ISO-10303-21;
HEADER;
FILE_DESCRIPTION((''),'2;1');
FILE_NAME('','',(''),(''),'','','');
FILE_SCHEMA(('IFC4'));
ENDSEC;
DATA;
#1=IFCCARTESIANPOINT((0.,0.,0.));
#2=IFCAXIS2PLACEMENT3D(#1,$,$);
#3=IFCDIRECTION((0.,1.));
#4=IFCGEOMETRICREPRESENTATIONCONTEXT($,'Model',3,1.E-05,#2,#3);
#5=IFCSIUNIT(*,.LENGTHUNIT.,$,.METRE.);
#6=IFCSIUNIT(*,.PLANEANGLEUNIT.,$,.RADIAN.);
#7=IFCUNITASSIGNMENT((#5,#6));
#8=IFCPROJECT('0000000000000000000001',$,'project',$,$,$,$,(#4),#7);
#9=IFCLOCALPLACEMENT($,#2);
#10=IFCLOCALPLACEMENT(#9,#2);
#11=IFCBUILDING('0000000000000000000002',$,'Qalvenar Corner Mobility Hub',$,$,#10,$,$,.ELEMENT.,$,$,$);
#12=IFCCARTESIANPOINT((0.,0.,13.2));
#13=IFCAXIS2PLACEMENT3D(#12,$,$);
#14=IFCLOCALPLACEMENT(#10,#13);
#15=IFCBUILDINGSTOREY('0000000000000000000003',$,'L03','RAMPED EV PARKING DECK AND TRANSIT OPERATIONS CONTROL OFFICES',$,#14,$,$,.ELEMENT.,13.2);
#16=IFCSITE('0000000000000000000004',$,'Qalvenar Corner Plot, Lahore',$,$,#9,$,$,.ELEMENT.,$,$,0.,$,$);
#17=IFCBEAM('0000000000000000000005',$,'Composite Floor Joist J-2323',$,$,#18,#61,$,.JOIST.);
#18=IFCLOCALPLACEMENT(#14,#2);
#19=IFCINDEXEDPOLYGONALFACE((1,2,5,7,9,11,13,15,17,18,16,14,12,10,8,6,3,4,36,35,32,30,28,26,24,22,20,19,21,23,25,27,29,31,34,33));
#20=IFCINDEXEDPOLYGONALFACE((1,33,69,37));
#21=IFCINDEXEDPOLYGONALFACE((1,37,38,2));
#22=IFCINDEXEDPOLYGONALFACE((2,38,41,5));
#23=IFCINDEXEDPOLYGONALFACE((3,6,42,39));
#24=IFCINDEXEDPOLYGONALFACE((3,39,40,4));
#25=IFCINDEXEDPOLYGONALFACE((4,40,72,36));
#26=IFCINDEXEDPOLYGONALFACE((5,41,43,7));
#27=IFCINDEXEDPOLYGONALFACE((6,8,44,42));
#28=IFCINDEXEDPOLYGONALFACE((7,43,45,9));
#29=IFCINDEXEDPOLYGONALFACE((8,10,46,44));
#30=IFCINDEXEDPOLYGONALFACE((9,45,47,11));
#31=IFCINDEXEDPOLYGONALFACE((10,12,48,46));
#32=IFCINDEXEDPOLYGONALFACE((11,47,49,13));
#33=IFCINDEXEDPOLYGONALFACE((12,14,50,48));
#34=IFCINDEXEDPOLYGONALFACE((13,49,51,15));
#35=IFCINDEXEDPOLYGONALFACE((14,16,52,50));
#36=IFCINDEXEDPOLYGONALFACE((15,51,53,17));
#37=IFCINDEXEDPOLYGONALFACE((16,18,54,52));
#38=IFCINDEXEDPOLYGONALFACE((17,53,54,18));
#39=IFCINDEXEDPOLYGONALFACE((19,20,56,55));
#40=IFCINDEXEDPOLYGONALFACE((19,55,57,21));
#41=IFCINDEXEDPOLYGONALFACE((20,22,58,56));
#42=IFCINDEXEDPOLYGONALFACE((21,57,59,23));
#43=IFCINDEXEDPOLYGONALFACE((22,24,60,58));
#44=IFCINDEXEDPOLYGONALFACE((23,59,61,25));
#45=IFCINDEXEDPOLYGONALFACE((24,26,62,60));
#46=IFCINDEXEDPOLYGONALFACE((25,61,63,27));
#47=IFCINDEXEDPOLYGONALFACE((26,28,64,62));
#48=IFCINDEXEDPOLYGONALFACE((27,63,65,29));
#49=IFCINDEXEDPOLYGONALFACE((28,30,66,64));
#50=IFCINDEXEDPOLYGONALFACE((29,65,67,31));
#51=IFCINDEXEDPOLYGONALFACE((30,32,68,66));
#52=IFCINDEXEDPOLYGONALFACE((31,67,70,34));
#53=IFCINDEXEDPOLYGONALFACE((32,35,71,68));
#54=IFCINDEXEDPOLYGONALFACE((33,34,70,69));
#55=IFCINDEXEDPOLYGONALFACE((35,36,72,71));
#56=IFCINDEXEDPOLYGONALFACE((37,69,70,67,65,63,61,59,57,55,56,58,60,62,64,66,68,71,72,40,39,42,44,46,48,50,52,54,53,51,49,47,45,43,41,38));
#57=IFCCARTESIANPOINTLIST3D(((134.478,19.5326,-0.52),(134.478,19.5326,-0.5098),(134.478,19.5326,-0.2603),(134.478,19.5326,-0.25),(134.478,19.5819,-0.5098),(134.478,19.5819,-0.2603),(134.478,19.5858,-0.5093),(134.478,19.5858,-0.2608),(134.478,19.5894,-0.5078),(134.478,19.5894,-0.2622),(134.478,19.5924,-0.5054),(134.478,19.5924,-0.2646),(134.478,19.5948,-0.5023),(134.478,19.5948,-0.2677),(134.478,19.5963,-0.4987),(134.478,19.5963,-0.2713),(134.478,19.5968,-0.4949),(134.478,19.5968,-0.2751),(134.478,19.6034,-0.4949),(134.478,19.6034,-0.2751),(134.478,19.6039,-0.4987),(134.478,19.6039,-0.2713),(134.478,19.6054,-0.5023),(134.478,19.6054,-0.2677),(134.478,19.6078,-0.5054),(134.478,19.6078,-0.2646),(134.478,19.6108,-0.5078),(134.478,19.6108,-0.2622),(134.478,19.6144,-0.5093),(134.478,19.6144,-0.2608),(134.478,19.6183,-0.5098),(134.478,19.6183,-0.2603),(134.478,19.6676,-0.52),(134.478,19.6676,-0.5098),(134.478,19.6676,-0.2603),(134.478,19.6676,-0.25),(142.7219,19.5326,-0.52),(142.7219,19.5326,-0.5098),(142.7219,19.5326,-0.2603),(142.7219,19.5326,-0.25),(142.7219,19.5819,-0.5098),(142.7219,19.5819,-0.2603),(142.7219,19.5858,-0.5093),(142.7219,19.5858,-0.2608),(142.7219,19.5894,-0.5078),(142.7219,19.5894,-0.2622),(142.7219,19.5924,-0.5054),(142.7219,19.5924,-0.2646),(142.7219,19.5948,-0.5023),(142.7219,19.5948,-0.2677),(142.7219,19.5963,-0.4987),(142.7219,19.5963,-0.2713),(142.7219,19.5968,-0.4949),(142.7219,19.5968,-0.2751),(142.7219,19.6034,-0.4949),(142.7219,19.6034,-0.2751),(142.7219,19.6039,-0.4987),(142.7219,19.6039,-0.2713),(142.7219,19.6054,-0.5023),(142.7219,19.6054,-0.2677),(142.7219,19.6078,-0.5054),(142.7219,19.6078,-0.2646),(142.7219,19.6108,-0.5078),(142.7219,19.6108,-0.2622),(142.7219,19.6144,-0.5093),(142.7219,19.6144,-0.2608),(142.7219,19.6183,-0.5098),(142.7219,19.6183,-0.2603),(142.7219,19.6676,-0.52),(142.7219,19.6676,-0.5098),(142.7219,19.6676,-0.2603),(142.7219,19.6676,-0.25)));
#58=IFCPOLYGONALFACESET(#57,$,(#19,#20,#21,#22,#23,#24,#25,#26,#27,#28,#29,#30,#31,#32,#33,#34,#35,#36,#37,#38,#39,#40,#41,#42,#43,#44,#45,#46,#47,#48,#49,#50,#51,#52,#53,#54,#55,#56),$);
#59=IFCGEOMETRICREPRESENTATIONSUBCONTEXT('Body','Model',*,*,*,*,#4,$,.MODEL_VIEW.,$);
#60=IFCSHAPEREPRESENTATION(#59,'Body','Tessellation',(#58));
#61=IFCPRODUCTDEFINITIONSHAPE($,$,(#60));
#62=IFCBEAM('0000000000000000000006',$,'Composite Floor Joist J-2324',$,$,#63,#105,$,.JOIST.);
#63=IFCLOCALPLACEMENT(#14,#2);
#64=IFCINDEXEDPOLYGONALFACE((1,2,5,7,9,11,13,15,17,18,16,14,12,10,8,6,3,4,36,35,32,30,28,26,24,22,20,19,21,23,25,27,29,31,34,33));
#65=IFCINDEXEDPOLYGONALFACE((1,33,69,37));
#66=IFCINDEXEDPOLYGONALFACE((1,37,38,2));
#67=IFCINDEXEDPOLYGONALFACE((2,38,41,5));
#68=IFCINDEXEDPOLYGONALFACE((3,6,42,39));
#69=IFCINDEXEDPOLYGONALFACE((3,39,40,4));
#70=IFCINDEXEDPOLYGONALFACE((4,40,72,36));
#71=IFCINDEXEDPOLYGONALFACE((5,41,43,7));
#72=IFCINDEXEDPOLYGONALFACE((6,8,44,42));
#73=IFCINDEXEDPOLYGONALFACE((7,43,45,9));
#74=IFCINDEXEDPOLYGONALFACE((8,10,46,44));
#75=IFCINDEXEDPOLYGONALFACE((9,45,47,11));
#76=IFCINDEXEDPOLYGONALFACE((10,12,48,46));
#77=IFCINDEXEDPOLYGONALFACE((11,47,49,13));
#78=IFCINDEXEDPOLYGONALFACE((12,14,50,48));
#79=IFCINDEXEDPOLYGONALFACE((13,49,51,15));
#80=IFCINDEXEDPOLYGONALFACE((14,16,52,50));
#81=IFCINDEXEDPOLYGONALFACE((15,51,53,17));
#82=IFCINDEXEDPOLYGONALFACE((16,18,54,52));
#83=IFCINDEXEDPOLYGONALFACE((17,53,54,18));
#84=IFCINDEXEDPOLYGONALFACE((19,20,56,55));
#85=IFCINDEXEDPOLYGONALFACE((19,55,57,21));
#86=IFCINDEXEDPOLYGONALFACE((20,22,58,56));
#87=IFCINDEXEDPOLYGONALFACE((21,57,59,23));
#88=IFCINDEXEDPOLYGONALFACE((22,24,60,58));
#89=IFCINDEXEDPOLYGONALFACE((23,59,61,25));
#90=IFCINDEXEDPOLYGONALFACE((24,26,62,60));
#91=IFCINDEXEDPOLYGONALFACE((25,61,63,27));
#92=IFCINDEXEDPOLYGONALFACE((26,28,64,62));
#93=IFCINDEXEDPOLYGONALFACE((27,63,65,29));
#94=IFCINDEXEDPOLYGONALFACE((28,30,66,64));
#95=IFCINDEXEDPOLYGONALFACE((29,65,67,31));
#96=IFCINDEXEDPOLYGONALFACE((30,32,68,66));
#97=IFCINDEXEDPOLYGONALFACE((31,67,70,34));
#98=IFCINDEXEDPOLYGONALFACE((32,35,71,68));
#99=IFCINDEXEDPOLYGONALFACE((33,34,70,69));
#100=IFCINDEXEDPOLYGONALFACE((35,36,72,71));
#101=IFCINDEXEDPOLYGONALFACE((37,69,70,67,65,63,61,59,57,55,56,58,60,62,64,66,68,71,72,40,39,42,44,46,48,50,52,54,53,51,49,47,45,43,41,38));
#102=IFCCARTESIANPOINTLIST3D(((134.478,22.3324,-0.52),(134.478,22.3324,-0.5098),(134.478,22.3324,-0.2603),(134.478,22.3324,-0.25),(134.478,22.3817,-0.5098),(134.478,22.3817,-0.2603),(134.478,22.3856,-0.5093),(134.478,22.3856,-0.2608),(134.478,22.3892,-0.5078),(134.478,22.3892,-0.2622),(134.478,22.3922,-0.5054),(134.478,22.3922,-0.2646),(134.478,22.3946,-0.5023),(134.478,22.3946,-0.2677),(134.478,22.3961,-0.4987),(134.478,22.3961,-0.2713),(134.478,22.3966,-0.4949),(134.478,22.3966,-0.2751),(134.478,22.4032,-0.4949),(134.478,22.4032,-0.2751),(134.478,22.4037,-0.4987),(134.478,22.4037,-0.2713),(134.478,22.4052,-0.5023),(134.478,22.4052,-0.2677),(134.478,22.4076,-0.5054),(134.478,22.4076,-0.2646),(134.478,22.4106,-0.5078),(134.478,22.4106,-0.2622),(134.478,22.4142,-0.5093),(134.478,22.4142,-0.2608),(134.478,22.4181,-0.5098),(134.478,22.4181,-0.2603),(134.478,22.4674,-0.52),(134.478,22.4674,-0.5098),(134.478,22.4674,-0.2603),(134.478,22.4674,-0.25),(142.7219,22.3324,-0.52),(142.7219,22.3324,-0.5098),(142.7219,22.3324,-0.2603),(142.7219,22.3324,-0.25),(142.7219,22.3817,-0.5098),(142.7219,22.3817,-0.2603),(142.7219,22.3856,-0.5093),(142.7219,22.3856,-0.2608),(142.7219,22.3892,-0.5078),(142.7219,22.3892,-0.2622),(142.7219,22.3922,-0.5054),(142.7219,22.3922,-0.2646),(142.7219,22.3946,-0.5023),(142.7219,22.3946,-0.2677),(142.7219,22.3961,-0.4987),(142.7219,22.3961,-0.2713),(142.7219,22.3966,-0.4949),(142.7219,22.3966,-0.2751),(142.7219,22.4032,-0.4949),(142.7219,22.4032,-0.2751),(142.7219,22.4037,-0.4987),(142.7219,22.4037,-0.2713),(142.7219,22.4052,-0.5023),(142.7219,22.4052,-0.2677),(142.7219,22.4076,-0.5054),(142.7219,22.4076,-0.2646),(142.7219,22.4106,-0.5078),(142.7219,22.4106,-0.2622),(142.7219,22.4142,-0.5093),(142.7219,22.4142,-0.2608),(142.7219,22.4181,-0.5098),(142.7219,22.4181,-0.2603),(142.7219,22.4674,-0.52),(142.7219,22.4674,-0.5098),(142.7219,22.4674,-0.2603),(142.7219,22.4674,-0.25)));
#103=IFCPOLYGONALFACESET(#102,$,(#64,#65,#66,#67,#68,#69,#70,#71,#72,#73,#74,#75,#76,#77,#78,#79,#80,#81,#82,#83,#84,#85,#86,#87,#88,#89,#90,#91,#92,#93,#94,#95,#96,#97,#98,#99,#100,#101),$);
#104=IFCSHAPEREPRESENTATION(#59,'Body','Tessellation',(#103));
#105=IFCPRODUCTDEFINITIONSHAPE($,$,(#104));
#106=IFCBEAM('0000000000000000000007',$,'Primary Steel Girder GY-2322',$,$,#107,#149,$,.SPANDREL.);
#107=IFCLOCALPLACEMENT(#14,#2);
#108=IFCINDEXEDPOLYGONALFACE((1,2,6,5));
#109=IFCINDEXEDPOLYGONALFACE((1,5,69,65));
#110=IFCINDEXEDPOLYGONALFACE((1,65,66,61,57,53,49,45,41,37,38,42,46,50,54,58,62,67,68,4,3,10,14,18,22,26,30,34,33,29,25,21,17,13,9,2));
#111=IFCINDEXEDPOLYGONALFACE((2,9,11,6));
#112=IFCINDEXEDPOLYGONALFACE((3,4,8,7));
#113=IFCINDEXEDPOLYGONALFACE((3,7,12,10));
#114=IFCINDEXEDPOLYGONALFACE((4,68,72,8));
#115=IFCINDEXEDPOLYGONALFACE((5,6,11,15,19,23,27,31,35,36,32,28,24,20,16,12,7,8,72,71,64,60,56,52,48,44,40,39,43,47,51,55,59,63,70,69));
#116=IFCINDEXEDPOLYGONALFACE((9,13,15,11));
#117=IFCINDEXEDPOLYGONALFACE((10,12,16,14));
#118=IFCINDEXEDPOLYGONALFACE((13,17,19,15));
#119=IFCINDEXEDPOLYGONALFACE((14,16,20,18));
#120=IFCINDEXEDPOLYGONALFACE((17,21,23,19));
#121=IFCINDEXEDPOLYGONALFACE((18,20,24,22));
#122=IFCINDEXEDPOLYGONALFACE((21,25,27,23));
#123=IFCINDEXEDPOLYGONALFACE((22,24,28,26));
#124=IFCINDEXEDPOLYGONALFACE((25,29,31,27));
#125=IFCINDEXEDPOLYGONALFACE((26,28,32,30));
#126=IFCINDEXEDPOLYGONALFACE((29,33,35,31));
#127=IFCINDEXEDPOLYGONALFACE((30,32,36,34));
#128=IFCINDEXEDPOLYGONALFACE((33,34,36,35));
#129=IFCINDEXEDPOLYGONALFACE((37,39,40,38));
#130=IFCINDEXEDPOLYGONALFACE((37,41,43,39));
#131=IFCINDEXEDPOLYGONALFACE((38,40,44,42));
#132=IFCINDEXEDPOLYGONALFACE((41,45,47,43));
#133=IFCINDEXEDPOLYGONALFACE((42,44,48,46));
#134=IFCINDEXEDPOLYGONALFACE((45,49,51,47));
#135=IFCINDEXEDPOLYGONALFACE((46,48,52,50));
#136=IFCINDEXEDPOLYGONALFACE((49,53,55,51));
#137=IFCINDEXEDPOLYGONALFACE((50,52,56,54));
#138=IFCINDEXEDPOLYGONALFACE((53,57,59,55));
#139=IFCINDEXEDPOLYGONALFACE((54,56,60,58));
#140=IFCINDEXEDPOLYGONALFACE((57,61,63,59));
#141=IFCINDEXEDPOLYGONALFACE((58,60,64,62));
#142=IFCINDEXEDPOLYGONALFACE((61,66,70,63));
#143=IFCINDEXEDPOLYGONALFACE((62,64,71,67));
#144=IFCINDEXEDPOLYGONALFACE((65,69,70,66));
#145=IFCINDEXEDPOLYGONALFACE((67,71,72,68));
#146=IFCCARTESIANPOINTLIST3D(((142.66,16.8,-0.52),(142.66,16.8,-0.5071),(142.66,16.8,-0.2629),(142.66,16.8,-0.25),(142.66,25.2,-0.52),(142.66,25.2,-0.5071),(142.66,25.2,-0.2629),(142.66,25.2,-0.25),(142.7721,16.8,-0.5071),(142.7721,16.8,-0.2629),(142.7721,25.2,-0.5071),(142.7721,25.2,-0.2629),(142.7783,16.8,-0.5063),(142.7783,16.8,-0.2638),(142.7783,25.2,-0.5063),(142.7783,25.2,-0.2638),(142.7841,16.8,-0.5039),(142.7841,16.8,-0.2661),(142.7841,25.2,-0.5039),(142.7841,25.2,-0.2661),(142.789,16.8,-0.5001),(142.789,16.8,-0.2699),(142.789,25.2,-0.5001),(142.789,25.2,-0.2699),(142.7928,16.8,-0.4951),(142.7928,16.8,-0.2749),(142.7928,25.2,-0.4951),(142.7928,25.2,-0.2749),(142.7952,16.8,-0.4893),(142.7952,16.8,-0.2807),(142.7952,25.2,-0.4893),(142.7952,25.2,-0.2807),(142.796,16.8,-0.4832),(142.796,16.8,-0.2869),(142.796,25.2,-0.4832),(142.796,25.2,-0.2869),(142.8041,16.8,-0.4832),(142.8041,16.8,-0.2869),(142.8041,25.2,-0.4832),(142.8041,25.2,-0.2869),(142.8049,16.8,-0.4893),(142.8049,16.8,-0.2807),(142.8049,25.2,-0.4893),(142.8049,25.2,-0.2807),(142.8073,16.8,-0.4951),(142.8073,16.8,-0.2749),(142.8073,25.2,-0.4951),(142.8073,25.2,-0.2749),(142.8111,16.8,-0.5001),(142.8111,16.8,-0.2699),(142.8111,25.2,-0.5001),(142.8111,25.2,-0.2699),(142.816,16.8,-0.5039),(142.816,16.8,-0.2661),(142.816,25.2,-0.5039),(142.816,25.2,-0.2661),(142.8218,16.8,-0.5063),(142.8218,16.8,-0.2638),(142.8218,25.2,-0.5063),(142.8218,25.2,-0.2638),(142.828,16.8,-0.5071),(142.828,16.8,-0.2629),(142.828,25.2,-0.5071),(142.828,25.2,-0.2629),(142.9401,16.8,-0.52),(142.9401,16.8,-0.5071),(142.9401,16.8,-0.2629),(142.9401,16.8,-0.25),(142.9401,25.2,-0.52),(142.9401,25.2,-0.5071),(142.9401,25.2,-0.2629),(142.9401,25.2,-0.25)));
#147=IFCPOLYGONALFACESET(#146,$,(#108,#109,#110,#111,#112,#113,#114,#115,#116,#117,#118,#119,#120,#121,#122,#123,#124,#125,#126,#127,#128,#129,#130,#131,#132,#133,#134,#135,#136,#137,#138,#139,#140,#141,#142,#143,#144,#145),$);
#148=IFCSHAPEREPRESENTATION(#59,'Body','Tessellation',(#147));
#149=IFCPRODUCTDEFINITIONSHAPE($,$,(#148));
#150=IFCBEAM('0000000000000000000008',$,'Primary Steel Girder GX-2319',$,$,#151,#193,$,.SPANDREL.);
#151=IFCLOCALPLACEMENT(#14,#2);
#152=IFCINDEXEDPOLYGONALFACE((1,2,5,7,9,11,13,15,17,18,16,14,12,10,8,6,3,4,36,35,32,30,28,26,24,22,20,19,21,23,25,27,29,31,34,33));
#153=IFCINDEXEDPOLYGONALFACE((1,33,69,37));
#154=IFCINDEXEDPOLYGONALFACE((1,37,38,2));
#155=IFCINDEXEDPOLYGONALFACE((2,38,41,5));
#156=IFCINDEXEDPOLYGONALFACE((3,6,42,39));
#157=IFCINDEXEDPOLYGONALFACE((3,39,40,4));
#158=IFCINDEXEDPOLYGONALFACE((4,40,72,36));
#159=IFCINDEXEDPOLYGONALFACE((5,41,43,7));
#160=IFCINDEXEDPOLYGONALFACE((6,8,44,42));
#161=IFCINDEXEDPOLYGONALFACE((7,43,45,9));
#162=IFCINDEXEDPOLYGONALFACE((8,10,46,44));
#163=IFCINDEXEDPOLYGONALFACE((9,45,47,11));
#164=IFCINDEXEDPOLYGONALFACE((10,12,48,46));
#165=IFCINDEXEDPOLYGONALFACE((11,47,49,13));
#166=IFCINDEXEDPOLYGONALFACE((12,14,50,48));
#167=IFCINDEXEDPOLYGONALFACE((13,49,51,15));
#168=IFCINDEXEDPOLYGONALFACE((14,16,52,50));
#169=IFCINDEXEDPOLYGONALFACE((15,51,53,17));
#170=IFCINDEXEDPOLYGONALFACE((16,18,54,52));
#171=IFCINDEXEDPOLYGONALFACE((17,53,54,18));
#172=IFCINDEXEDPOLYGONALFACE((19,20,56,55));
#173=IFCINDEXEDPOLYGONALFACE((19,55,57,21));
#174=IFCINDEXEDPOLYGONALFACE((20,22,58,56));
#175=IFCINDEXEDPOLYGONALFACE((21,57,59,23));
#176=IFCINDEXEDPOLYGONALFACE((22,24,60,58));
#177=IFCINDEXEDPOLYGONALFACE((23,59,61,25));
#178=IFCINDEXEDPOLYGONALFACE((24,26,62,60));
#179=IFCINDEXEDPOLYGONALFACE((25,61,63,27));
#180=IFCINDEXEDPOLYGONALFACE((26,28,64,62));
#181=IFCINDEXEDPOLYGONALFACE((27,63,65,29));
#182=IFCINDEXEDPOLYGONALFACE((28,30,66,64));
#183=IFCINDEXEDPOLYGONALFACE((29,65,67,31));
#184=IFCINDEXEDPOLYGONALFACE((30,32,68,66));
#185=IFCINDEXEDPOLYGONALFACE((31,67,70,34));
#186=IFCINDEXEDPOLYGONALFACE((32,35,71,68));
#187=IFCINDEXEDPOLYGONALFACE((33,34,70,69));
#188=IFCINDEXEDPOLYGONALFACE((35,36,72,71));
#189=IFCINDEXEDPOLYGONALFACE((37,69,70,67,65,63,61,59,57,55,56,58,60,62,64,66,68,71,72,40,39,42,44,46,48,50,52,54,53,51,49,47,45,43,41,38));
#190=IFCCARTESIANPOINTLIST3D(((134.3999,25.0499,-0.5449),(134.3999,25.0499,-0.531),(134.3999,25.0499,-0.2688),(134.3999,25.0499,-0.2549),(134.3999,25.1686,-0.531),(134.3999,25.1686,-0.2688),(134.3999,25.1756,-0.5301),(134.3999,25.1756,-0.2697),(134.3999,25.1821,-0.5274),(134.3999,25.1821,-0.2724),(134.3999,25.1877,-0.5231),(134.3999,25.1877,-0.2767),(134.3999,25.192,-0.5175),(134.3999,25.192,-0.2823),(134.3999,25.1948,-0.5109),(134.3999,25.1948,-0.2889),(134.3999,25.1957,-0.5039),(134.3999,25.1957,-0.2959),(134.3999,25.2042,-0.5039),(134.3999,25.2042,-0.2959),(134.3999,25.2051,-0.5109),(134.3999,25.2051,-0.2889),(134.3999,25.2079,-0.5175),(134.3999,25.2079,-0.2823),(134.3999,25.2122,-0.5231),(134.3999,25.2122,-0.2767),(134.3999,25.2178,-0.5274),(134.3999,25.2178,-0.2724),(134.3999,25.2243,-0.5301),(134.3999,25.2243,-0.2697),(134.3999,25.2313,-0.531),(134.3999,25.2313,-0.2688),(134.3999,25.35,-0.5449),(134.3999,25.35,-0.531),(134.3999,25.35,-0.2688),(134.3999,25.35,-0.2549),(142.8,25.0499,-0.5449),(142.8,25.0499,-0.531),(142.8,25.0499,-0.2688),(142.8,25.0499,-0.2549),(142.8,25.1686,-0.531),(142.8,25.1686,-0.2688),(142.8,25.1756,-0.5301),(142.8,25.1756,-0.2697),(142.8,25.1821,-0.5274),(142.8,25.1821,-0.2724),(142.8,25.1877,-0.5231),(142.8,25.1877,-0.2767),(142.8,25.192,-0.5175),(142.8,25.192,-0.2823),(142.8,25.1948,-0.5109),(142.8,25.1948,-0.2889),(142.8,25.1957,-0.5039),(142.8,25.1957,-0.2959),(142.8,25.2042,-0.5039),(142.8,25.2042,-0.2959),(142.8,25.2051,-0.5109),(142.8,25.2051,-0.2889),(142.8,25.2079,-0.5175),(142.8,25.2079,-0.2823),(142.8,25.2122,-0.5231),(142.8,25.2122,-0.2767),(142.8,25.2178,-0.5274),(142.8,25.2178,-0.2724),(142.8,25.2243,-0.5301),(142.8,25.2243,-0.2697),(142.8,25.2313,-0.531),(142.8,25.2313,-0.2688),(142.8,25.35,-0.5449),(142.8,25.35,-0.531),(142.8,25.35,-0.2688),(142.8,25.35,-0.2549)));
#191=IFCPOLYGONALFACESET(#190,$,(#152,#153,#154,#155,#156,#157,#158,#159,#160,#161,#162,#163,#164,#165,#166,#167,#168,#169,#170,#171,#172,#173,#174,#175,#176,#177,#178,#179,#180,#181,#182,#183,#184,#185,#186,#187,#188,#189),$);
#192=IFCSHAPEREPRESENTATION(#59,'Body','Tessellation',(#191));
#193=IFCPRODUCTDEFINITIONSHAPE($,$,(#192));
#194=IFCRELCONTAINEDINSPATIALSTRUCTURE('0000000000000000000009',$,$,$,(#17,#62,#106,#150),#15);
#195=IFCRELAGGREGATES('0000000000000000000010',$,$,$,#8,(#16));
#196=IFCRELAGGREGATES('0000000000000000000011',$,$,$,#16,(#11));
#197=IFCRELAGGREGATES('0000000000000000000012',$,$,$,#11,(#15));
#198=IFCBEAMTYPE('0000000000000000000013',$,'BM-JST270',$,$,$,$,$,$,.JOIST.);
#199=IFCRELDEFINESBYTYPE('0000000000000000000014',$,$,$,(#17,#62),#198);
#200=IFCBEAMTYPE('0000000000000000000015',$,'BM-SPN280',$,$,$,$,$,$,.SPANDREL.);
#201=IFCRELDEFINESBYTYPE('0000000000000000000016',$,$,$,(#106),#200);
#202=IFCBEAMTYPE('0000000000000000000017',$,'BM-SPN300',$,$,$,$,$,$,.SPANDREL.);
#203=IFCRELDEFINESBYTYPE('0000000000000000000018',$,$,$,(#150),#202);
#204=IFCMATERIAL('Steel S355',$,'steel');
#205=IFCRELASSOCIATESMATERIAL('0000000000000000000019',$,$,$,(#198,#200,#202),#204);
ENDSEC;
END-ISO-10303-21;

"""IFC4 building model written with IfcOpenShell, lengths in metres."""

from ifc_helpers import new_model, si_unit, direction, frame, origin, origin_2d, place, context, subcontext, project, spatial, i_section, extrude, material, material_profile, profile_set, type_object, element, save


model = new_model("IFC4")

# Units and contexts
model_context = context("Model", 3, precision=1e-05, world=origin(), true_north=direction((0.0, 1.0)))
body_context = subcontext(model_context, "Body", "Model", "MODEL_VIEW")
ifc_project = project(units=[si_unit("LENGTHUNIT", "METRE"), si_unit("PLANEANGLEUNIT", "RADIAN")], contexts=[model_context])

# Site, building, storey
site_placement = place(None, origin())
site = spatial("IfcSite", under=ifc_project, at=site_placement, Name="Qalvenar Corner Plot, Lahore", CompositionType="ELEMENT", RefElevation=0.0)
building_placement = place(site_placement, origin())
building = spatial("IfcBuilding", under=site, at=building_placement, Name="Qalvenar Corner Mobility Hub", CompositionType="ELEMENT")
storey_placement = place(building_placement, frame((0.0, 0.0, 13.2)))
storey = spatial("IfcBuildingStorey", under=building, at=storey_placement, Name="L03", Description="RAMPED EV PARKING DECK AND TRANSIT OPERATIONS CONTROL OFFICES", CompositionType="ELEMENT", Elevation=13.2)

# Shared definitions
ifc_material_1 = material(Name="Steel S355", Category="steel")

# Beams
ifc_material_profile_1 = material_profile(ifc_material_1, i_section(OverallWidth=0.135, OverallDepth=0.27, WebThickness=0.0066, FlangeThickness=0.0103, FilletRadius=0.0149, at=origin_2d()), Name="IPE270")
ifc_profile_set_1 = profile_set([ifc_material_profile_1], Name="Steel S355")
beam_type_1 = type_object("IfcBeamType", Name="BM-JST270", PredefinedType="JOIST", material=ifc_profile_set_1)
for number, where, z_axis, x_axis, name in (
    (1, (134.478, 19.6001, -0.385), (1.0, 0.0, 0.0), (0.0, 1.0, 0.0), "Composite Floor Joist J-2323"),
    (2, (134.478, 22.3999, -0.385), (1.0, 0.0, 0.0), (0.0, 1.0, 0.0), "Composite Floor Joist J-2324"),
):
    element("IfcBeam", number, at=place(storey_placement, frame(where, z_axis=z_axis, x_axis=x_axis)), inside=storey, type_object=beam_type_1, Name=name, PredefinedType="JOIST", context=body_context, shape_type="SweptSolid", body=[
        extrude(i_section(OverallWidth=0.135, OverallDepth=0.27, WebThickness=0.0066, FlangeThickness=0.0103, FilletRadius=0.0149, at=origin_2d()), origin(), (0.0, 0.0, 1.0), 8.2439),
    ])
ifc_material_profile_2 = material_profile(ifc_material_1, i_section(OverallWidth=0.28, OverallDepth=0.27, WebThickness=0.0081, FlangeThickness=0.0129, FilletRadius=0.0239, at=origin_2d()), Name="HEA280")
ifc_profile_set_2 = profile_set([ifc_material_profile_2], Name="Steel S355")
beam_type_2 = type_object("IfcBeamType", Name="BM-SPN280", PredefinedType="SPANDREL", material=ifc_profile_set_2)
beam_1_placement = place(storey_placement, frame((142.8, 16.8, -0.385), z_axis=(0.0, 1.0, 0.0), x_axis=(-1.0, 0.0, 0.0)))
element("IfcBeam", 3, at=beam_1_placement, inside=storey, type_object=beam_type_2, Name="Primary Steel Girder GY-2322", PredefinedType="SPANDREL", context=body_context, shape_type="SweptSolid", body=[
    extrude(i_section(OverallWidth=0.28, OverallDepth=0.27, WebThickness=0.0081, FlangeThickness=0.0129, FilletRadius=0.0239, at=origin_2d()), origin(), (0.0, 0.0, 1.0), 8.3999),
])
ifc_material_profile_3 = material_profile(ifc_material_1, i_section(OverallWidth=0.3, OverallDepth=0.29, WebThickness=0.0085, FlangeThickness=0.0139, FilletRadius=0.0271, at=origin_2d()), Name="HEA300")
ifc_profile_set_3 = profile_set([ifc_material_profile_3], Name="Steel S355")
beam_type_3 = type_object("IfcBeamType", Name="BM-SPN300", PredefinedType="SPANDREL", material=ifc_profile_set_3)
beam_2_placement = place(storey_placement, frame((134.3999, 25.2, -0.3999), z_axis=(1.0, 0.0, 0.0), x_axis=(0.0, 1.0, 0.0)))
element("IfcBeam", 4, at=beam_2_placement, inside=storey, type_object=beam_type_3, Name="Primary Steel Girder GX-2319", PredefinedType="SPANDREL", context=body_context, shape_type="SweptSolid", body=[
    extrude(i_section(OverallWidth=0.3, OverallDepth=0.29, WebThickness=0.0085, FlangeThickness=0.0139, FilletRadius=0.0271, at=origin_2d()), origin(), (0.0, 0.0, 1.0), 8.4001),
])

save(model, "model.ifc")
